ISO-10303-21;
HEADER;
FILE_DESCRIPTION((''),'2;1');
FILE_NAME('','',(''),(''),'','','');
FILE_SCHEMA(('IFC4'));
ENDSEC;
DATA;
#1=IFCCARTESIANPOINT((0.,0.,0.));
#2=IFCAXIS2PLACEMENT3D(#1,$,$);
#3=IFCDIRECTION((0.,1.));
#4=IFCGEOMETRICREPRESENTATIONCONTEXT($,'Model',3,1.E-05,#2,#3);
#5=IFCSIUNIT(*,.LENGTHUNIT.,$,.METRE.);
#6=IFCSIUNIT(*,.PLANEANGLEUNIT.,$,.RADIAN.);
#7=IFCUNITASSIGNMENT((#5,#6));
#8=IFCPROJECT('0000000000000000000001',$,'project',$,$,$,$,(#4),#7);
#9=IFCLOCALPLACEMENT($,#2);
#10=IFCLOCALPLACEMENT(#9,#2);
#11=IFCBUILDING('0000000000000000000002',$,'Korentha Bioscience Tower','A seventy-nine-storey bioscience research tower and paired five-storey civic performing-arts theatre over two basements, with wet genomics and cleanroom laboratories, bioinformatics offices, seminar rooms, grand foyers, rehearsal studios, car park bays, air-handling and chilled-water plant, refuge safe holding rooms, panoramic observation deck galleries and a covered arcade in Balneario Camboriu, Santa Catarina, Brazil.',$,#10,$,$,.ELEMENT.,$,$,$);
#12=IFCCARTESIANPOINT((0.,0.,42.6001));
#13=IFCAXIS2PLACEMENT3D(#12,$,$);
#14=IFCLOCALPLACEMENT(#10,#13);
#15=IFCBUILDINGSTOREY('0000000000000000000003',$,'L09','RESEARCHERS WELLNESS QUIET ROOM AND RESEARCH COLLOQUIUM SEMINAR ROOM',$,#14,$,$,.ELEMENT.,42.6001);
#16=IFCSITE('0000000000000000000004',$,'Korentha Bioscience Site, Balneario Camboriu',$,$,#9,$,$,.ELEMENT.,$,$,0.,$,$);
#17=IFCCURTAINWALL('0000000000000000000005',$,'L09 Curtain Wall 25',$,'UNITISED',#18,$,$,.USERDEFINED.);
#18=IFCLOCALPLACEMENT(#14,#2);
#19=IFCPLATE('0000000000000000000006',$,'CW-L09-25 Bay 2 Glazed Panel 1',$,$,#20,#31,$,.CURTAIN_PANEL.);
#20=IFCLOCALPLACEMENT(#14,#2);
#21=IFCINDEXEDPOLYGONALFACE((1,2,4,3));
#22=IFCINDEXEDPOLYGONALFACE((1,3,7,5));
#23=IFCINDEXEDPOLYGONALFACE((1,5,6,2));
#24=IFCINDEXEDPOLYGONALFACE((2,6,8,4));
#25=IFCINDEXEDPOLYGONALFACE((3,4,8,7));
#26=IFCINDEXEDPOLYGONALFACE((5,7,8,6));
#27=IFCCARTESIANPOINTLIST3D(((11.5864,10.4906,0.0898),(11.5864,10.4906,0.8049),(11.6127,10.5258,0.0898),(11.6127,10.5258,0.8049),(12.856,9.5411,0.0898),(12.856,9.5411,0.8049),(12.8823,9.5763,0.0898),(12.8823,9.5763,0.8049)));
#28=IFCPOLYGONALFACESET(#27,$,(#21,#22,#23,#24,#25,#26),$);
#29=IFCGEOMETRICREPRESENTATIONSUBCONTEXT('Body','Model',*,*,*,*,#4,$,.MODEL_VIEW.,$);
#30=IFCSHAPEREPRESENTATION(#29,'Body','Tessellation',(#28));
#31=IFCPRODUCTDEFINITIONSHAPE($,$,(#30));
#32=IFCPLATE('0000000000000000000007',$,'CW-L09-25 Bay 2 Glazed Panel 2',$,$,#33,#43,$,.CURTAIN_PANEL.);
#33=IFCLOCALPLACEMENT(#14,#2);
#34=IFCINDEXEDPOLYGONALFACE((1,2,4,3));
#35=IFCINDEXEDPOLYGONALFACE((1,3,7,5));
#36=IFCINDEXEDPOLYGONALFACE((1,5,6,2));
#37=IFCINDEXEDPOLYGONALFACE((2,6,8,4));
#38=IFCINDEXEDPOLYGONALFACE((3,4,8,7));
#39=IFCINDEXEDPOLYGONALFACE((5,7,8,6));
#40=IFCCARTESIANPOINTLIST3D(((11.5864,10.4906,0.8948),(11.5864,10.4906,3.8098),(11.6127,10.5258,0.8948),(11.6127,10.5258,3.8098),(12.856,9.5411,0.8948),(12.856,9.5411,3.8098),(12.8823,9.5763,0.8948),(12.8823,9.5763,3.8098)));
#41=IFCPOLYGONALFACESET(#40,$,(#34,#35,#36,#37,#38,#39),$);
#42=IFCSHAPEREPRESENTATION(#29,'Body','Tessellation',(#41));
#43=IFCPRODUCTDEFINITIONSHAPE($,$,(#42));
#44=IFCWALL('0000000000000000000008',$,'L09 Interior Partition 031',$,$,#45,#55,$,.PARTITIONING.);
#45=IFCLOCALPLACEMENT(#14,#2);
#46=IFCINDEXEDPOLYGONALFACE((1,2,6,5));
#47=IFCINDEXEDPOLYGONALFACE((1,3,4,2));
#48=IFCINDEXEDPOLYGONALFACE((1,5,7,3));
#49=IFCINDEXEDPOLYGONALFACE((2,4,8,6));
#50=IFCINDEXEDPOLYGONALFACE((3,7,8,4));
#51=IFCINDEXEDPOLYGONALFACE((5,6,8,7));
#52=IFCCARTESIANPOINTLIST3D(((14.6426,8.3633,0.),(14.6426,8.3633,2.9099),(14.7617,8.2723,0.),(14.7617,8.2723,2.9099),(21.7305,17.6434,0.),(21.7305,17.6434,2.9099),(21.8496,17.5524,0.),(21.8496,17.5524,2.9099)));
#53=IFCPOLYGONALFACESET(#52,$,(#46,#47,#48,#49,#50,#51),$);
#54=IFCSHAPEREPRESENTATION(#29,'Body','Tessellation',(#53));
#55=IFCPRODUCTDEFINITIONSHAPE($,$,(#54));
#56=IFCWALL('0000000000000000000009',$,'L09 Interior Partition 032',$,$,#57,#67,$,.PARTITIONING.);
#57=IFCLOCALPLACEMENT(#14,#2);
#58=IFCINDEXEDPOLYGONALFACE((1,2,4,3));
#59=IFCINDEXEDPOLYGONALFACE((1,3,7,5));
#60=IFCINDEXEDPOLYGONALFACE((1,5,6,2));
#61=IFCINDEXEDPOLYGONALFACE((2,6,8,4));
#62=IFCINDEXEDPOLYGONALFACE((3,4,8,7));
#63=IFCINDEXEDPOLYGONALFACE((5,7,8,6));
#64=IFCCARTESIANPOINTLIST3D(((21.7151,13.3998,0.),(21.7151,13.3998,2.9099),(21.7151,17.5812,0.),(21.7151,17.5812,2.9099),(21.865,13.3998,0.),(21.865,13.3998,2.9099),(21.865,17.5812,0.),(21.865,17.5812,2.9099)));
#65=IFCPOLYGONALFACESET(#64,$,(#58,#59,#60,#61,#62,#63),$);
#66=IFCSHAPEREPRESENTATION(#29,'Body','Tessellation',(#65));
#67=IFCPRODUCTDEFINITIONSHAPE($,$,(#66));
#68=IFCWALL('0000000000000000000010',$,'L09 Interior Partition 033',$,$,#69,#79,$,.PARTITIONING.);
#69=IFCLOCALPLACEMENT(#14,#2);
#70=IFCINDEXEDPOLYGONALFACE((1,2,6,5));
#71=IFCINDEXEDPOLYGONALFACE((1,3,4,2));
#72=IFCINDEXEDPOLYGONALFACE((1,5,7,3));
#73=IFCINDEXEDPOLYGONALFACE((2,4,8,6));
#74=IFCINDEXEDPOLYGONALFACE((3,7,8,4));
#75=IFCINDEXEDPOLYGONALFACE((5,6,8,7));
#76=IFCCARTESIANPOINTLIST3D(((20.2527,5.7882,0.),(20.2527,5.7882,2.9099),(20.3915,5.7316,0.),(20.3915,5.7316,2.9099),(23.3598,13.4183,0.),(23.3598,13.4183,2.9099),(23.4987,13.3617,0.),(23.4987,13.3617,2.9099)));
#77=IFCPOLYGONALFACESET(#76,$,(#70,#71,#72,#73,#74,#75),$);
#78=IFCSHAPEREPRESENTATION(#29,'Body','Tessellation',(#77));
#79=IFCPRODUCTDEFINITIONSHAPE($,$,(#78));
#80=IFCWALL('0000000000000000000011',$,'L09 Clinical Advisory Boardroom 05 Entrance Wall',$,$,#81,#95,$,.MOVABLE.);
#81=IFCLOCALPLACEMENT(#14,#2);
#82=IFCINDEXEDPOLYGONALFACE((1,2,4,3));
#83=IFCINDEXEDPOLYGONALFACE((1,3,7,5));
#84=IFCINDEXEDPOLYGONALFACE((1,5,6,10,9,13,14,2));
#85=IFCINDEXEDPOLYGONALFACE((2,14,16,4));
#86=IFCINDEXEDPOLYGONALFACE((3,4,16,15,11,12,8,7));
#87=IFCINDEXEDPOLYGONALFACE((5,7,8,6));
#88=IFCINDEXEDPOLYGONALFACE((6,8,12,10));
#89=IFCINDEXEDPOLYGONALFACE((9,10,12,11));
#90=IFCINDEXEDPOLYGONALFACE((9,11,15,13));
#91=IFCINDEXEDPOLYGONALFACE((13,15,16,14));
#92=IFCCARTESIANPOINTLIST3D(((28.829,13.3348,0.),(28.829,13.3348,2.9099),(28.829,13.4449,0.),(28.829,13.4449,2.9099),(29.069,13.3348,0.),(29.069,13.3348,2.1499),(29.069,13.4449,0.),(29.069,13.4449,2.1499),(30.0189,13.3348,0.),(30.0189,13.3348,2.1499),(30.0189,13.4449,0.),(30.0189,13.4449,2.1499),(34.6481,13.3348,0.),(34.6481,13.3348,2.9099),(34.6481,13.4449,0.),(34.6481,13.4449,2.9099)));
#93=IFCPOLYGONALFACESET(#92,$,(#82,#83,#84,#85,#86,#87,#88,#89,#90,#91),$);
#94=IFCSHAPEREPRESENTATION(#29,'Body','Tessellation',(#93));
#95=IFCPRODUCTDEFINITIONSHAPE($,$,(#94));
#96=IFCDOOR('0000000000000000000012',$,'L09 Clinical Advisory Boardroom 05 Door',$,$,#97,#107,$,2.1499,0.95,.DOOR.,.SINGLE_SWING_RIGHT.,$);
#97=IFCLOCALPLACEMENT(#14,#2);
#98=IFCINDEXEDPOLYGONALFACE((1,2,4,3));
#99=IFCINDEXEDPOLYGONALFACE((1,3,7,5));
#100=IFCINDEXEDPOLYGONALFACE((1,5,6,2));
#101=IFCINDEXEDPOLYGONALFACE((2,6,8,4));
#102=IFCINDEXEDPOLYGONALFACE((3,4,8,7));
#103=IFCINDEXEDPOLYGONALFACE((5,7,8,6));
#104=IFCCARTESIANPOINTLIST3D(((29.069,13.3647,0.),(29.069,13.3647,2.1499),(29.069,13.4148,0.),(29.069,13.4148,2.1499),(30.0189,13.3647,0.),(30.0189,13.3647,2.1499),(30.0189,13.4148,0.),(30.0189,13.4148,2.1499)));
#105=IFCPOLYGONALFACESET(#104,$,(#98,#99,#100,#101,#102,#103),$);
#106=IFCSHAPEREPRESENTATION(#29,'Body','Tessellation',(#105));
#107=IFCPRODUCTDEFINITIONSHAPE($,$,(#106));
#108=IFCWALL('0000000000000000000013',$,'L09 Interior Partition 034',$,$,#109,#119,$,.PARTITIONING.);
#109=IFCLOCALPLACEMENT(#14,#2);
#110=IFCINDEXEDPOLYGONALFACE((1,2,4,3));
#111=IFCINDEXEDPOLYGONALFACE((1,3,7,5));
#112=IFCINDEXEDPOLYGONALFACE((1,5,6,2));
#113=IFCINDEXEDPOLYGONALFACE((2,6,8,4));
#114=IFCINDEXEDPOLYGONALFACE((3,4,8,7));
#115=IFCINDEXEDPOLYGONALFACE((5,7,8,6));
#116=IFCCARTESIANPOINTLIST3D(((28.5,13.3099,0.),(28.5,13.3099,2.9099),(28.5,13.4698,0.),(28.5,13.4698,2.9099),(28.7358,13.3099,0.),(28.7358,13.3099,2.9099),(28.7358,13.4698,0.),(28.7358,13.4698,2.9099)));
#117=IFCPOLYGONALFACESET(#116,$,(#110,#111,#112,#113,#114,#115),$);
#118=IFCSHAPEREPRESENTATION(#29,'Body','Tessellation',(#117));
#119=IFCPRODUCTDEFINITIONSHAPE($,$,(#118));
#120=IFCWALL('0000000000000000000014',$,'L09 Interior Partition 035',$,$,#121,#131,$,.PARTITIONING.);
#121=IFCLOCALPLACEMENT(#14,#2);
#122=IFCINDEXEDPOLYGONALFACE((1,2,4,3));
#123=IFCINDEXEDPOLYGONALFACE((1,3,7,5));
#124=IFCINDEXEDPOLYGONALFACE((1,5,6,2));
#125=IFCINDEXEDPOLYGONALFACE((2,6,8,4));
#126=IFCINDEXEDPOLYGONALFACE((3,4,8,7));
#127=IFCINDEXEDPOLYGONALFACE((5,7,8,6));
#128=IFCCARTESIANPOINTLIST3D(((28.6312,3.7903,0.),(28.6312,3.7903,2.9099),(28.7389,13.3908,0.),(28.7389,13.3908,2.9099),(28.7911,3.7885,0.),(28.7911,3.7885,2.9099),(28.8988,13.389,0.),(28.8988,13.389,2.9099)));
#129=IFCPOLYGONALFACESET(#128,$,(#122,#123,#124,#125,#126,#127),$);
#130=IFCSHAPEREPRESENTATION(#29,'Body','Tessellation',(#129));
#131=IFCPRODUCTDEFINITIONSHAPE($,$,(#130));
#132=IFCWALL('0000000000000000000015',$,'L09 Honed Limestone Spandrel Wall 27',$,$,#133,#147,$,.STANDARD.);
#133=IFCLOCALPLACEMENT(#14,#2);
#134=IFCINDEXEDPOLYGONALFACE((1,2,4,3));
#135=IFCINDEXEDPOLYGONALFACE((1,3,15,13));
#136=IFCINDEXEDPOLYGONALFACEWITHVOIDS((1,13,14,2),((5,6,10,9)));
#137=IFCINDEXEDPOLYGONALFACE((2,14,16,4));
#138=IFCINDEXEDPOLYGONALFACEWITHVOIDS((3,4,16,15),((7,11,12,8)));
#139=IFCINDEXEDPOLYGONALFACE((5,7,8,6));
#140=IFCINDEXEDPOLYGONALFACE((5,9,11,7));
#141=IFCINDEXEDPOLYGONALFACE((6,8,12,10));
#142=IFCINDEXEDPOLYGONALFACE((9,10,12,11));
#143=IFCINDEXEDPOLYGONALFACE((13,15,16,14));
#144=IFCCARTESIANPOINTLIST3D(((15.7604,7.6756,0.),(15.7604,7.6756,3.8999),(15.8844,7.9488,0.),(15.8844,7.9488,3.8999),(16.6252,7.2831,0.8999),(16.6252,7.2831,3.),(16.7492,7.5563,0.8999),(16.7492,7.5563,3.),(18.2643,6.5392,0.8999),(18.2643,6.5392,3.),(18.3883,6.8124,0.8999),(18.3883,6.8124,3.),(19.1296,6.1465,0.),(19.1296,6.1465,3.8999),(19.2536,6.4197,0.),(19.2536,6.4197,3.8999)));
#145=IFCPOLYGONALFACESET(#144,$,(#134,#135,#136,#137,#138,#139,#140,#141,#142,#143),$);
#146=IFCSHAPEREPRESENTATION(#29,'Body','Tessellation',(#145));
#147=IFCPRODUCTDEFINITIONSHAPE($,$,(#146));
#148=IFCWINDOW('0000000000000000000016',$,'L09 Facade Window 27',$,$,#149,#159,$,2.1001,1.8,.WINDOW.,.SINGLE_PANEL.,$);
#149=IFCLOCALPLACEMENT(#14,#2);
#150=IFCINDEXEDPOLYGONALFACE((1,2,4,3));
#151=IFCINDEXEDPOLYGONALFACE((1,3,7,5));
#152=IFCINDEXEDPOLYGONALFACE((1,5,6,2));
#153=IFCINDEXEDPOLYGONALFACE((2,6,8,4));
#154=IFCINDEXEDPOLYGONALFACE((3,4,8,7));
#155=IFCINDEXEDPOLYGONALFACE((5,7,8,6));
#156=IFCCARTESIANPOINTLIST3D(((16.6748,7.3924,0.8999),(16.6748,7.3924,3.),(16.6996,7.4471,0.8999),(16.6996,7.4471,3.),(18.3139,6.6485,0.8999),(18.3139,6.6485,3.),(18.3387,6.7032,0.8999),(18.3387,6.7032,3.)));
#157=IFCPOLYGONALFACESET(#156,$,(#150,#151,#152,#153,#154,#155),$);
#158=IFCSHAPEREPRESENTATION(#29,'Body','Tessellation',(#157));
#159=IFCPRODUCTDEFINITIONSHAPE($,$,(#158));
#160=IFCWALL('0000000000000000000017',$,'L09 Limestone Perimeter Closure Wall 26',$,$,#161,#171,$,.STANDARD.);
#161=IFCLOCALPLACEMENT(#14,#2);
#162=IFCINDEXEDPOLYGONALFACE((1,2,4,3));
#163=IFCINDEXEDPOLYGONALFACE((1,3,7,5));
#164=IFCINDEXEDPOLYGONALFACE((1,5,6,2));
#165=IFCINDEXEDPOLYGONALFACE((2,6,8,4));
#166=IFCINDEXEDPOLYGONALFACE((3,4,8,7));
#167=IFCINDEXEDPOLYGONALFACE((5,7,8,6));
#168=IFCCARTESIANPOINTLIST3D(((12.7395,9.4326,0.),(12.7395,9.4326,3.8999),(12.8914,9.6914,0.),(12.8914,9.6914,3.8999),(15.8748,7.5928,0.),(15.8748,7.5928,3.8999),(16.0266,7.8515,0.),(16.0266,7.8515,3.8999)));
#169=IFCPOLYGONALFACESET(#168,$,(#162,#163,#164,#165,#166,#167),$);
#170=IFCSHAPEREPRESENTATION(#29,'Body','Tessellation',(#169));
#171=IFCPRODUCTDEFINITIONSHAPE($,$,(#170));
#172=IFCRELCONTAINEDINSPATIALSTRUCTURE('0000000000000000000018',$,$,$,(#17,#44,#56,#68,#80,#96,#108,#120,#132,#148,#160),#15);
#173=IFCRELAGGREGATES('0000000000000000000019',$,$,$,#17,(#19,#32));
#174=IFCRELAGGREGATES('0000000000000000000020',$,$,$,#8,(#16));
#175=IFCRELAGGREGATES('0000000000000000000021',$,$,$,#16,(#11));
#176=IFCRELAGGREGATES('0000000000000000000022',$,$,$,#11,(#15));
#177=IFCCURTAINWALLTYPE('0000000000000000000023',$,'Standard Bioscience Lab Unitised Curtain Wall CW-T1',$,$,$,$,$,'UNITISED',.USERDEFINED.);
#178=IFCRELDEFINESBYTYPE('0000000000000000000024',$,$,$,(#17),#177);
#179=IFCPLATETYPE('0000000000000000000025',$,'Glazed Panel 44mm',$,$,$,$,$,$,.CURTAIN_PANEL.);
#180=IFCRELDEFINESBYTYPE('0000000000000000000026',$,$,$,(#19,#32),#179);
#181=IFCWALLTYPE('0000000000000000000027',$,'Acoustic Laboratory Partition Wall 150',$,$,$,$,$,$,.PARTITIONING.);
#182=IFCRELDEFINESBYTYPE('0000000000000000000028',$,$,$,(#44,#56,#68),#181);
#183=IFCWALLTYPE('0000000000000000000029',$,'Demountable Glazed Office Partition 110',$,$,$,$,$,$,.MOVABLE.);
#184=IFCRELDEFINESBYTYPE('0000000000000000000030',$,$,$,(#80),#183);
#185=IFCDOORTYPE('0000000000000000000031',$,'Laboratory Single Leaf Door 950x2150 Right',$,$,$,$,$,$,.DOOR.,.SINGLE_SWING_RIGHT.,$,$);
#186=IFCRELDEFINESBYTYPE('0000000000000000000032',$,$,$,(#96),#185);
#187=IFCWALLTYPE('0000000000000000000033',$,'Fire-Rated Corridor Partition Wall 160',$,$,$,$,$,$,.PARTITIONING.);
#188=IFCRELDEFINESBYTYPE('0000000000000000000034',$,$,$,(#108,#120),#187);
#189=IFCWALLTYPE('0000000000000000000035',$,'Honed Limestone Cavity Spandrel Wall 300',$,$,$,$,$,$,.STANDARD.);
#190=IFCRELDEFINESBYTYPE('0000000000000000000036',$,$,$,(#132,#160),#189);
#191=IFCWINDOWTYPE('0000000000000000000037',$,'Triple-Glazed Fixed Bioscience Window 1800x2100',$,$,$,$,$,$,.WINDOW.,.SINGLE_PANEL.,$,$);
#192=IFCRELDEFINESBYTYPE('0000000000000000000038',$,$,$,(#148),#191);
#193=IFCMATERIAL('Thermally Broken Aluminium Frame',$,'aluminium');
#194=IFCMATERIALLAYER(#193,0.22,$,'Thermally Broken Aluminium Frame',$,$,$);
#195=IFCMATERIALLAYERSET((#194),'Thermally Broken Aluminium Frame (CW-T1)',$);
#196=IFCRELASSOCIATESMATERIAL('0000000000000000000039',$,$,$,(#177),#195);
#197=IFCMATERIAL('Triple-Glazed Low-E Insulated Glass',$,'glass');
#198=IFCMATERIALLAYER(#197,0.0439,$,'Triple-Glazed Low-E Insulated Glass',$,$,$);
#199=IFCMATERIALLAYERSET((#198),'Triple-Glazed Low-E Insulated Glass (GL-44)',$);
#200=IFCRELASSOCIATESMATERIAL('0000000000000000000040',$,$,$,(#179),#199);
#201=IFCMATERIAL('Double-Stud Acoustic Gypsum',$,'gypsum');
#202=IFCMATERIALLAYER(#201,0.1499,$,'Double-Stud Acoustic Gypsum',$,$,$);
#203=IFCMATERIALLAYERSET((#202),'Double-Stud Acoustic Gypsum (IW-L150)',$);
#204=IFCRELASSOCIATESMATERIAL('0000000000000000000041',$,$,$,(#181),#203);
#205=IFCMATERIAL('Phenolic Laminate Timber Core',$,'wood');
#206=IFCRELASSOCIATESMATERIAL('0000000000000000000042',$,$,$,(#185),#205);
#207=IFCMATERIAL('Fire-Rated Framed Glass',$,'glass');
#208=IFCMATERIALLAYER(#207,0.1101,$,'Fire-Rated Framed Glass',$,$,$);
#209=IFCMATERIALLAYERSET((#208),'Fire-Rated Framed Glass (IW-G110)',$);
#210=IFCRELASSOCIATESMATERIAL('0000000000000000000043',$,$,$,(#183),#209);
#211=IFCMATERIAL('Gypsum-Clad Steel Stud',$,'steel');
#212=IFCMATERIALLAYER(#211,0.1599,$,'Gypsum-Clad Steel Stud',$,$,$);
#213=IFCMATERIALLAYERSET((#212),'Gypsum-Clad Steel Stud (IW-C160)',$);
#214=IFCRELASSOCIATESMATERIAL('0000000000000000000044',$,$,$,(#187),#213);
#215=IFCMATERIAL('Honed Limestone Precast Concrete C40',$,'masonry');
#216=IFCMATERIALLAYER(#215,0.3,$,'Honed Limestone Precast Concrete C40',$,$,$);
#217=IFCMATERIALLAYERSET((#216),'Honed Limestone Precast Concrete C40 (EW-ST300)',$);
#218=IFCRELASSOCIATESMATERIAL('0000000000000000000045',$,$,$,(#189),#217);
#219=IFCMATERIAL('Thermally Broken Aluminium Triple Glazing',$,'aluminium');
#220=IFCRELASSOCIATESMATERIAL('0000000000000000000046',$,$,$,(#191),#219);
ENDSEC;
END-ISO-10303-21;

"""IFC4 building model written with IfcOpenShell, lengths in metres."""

from ifc_helpers import new_model, si_unit, direction, frame, frame_2d, origin, origin_2d, place, context, subcontext, project, spatial, rectangle, extrude, material, layer, layer_set, type_object, element, fill, aggregate, save


model = new_model("IFC4")

# Units and contexts
model_context = context("Model", 3, precision=1e-05, world=origin(), true_north=direction((0.0, 1.0)))
body_context = subcontext(model_context, "Body", "Model", "MODEL_VIEW")
ifc_project = project(units=[si_unit("LENGTHUNIT", "METRE"), si_unit("PLANEANGLEUNIT", "RADIAN")], contexts=[model_context])

# Site, building, storey
site_placement = place(None, origin())
site = spatial("IfcSite", under=ifc_project, at=site_placement, Name="Korentha Bioscience Site, Balneario Camboriu", CompositionType="ELEMENT", RefElevation=0.0)
building_placement = place(site_placement, origin())
building = spatial("IfcBuilding", under=site, at=building_placement, Name="Korentha Bioscience Tower", Description="A seventy-nine-storey bioscience research tower and paired five-storey civic performing-arts theatre over two basements, with wet genomics and cleanroom laboratories, bioinformatics offices, seminar rooms, grand foyers, rehearsal studios, car park bays, air-handling and chilled-water plant, refuge safe holding rooms, panoramic observation deck galleries and a covered arcade in Balneario Camboriu, Santa Catarina, Brazil.", CompositionType="ELEMENT")
storey_placement = place(building_placement, frame((0.0, 0.0, 42.6001)))
storey = spatial("IfcBuildingStorey", under=building, at=storey_placement, Name="L09", Description="RESEARCHERS WELLNESS QUIET ROOM AND RESEARCH COLLOQUIUM SEMINAR ROOM", CompositionType="ELEMENT", Elevation=42.6001)

# Curtain wall
ifc_material_1 = material(Name="Thermally Broken Aluminium Frame", Category="aluminium")
ifc_layer_1 = layer(ifc_material_1, 0.22, Name="Thermally Broken Aluminium Frame")
ifc_layer_set_1 = layer_set([ifc_layer_1], Name="Thermally Broken Aluminium Frame (CW-T1)")
curtain_wall_type = type_object("IfcCurtainWallType", Name="Standard Bioscience Lab Unitised Curtain Wall CW-T1", ElementType="UNITISED", PredefinedType="USERDEFINED", material=ifc_layer_set_1)
curtain_wall_1_placement = place(storey_placement, origin())
curtain_wall_1 = element("IfcCurtainWall", 1, at=curtain_wall_1_placement, inside=storey, type_object=curtain_wall_type, Name="L09 Curtain Wall 25", ObjectType="UNITISED", PredefinedType="USERDEFINED")

# Plates
ifc_material_2 = material(Name="Triple-Glazed Low-E Insulated Glass", Category="glass")
ifc_layer_2 = layer(ifc_material_2, 0.0439, Name="Triple-Glazed Low-E Insulated Glass")
ifc_layer_set_2 = layer_set([ifc_layer_2], Name="Triple-Glazed Low-E Insulated Glass (GL-44)")
plate_type = type_object("IfcPlateType", Name="Glazed Panel 44mm", PredefinedType="CURTAIN_PANEL", material=ifc_layer_set_2)
plate_1_placement = place(storey_placement, frame((12.2344, 10.0334, 0.0898), z_axis=(0.0, 0.0, 1.0), x_axis=(0.800798, -0.598935, 0.0)))
plate_1 = element("IfcPlate", 2, at=plate_1_placement, type_object=plate_type, Name="CW-L09-25 Bay 2 Glazed Panel 1", PredefinedType="CURTAIN_PANEL", context=body_context, shape_type="SweptSolid", body=[
    extrude(rectangle(XDim=1.5854, YDim=0.0439, at=origin_2d()), origin(), (0.0, 0.0, 1.0), 0.7151),
])
plate_2_placement = place(storey_placement, frame((12.2344, 10.0334, 0.8948), z_axis=(0.0, 0.0, 1.0), x_axis=(0.800798, -0.598935, 0.0)))
plate_2 = element("IfcPlate", 3, at=plate_2_placement, type_object=plate_type, Name="CW-L09-25 Bay 2 Glazed Panel 2", PredefinedType="CURTAIN_PANEL", context=body_context, shape_type="SweptSolid", body=[
    extrude(rectangle(XDim=1.5854, YDim=0.0439, at=origin_2d()), origin(), (0.0, 0.0, 1.0), 2.915),
])
aggregate(curtain_wall_1, [plate_1, plate_2])

# Shared definitions
ifc_material_3 = material(Name="Double-Stud Acoustic Gypsum", Category="gypsum")
ifc_layer_3 = layer(ifc_material_3, 0.1499, Name="Double-Stud Acoustic Gypsum")
ifc_layer_set_3 = layer_set([ifc_layer_3], Name="Double-Stud Acoustic Gypsum (IW-L150)")
wall_type_1 = type_object("IfcWallType", Name="Acoustic Laboratory Partition Wall 150", PredefinedType="PARTITIONING", material=ifc_layer_set_3)
ifc_material_4 = material(Name="Phenolic Laminate Timber Core", Category="wood")
door_type_1 = type_object("IfcDoorType", Name="Laboratory Single Leaf Door 950x2150 Right", OperationType="SINGLE_SWING_RIGHT", PredefinedType="DOOR", material=ifc_material_4)

# Walls
wall_1_placement = place(storey_placement, frame((21.79, 17.5979, 0.0), z_axis=(0.0, 0.0, 1.0), x_axis=(-0.606985, -0.794713, 0.0)))
element("IfcWall", 4, at=wall_1_placement, inside=storey, type_object=wall_type_1, Name="L09 Interior Partition 031", PredefinedType="PARTITIONING", context=body_context, shape_type="SweptSolid", body=[
    extrude(rectangle(XDim=11.6772, YDim=0.1499, at=frame_2d((5.8386, 0.0))), origin(), (0.0, 0.0, 1.0), 2.9099),
])
wall_2_placement = place(storey_placement, frame((21.79, 17.5813, 0.0), z_axis=(0.0, 0.0, 1.0), x_axis=(0.0, -1.0, 0.0)))
element("IfcWall", 5, at=wall_2_placement, inside=storey, type_object=wall_type_1, Name="L09 Interior Partition 032", PredefinedType="PARTITIONING", context=body_context, shape_type="SweptSolid", body=[
    extrude(rectangle(XDim=4.1814, YDim=0.1499, at=frame_2d((2.0908, 0.0))), origin(), (0.0, 0.0, 1.0), 2.9099),
])
wall_3_placement = place(storey_placement, frame((23.4292, 13.3899, 0.0), z_axis=(0.0, 0.0, 1.0), x_axis=(-0.377152, -0.926151, 0.0)))
element("IfcWall", 6, at=wall_3_placement, inside=storey, type_object=wall_type_1, Name="L09 Interior Partition 033", PredefinedType="PARTITIONING", context=body_context, shape_type="SweptSolid", body=[
    extrude(rectangle(XDim=8.2385, YDim=0.1499, at=frame_2d((4.1191, 0.0))), origin(), (0.0, 0.0, 1.0), 2.9099),
])

# Wall, opening, door
ifc_material_5 = material(Name="Fire-Rated Framed Glass", Category="glass")
ifc_layer_4 = layer(ifc_material_5, 0.1101, Name="Fire-Rated Framed Glass")
ifc_layer_set_4 = layer_set([ifc_layer_4], Name="Fire-Rated Framed Glass (IW-G110)")
wall_type_2 = type_object("IfcWallType", Name="Demountable Glazed Office Partition 110", PredefinedType="MOVABLE", material=ifc_layer_set_4)
wall_4_placement = place(storey_placement, frame((28.8289, 13.3899, 0.0), z_axis=(0.0, 0.0, 1.0), x_axis=(1.0, 0.0, 0.0)))
wall_4 = element("IfcWall", 7, at=wall_4_placement, inside=storey, type_object=wall_type_2, Name="L09 Clinical Advisory Boardroom 05 Entrance Wall", PredefinedType="MOVABLE", context=body_context, shape_type="SweptSolid", body=[
    extrude(rectangle(XDim=5.8191, YDim=0.1101, at=frame_2d((2.9097, 0.0))), origin(), (0.0, 0.0, 1.0), 2.9099),
])
opening_1_placement = place(wall_4_placement, frame((0.24, 0.0, 0.0)))
opening_1 = element("IfcOpeningElement", 8, at=opening_1_placement, cuts=wall_4, PredefinedType="OPENING", context=body_context, shape_type="SweptSolid", body=[
    extrude(rectangle(XDim=0.95, YDim=2.1499, at=frame_2d((0.4751, 1.075))), frame((0.0, 0.0698, 0.0), z_axis=(0.0, -1.0, 0.0), x_axis=(1.0, 0.0, 0.0)), (0.0, 0.0, 1.0), 0.1399),
])
door_1_placement = place(opening_1_placement, origin())
door_1 = element("IfcDoor", 9, at=door_1_placement, inside=storey, type_object=door_type_1, Name="L09 Clinical Advisory Boardroom 05 Door", OperationType="SINGLE_SWING_RIGHT", OverallHeight=2.1499, OverallWidth=0.95, PredefinedType="DOOR", context=body_context, shape_type="SweptSolid", body=[
    extrude(rectangle(XDim=0.95, YDim=2.1499, at=frame_2d((0.4751, 1.075))), frame((0.0, 0.0249, 0.0), z_axis=(0.0, -1.0, 0.0), x_axis=(1.0, 0.0, 0.0)), (0.0, 0.0, 1.0), 0.05),
])
fill(opening_1, door_1)
ifc_material_6 = material(Name="Gypsum-Clad Steel Stud", Category="steel")
ifc_layer_5 = layer(ifc_material_6, 0.1599, Name="Gypsum-Clad Steel Stud")
ifc_layer_set_5 = layer_set([ifc_layer_5], Name="Gypsum-Clad Steel Stud (IW-C160)")
wall_type_3 = type_object("IfcWallType", Name="Fire-Rated Corridor Partition Wall 160", PredefinedType="PARTITIONING", material=ifc_layer_set_5)

# Walls
wall_5_placement = place(storey_placement, frame((28.5, 13.3899, 0.0), z_axis=(0.0, 0.0, 1.0), x_axis=(1.0, 0.0, 0.0)))
element("IfcWall", 10, at=wall_5_placement, inside=storey, type_object=wall_type_3, Name="L09 Interior Partition 034", PredefinedType="PARTITIONING", context=body_context, shape_type="SweptSolid", body=[
    extrude(rectangle(XDim=0.2358, YDim=0.1599, at=frame_2d((0.1179, 0.0))), origin(), (0.0, 0.0, 1.0), 2.9099),
])
wall_6_placement = place(storey_placement, frame((28.8188, 13.3899, 0.0), z_axis=(0.0, 0.0, 1.0), x_axis=(-0.011214, -0.999937, 0.0)))
element("IfcWall", 11, at=wall_6_placement, inside=storey, type_object=wall_type_3, Name="L09 Interior Partition 035", PredefinedType="PARTITIONING", context=body_context, shape_type="SweptSolid", body=[
    extrude(rectangle(XDim=9.6011, YDim=0.1599, at=frame_2d((4.8005, 0.0))), origin(), (0.0, 0.0, 1.0), 2.9099),
])

# Wall, opening, window
ifc_material_7 = material(Name="Honed Limestone Precast Concrete C40", Category="masonry")
ifc_layer_6 = layer(ifc_material_7, 0.3, Name="Honed Limestone Precast Concrete C40")
ifc_layer_set_6 = layer_set([ifc_layer_6], Name="Honed Limestone Precast Concrete C40 (EW-ST300)")
wall_type_4 = type_object("IfcWallType", Name="Honed Limestone Cavity Spandrel Wall 300", PredefinedType="STANDARD", material=ifc_layer_set_6)
wall_7_placement = place(storey_placement, frame((15.8223, 7.8123, 0.0), z_axis=(0.0, 0.0, 1.0), x_axis=(0.910608, -0.413271, 0.0)))
wall_7 = element("IfcWall", 12, at=wall_7_placement, inside=storey, type_object=wall_type_4, Name="L09 Honed Limestone Spandrel Wall 27", PredefinedType="STANDARD", context=body_context, shape_type="SweptSolid", body=[
    extrude(rectangle(XDim=3.7, YDim=0.3, at=frame_2d((1.8501, 0.0))), origin(), (0.0, 0.0, 1.0), 3.8999),
])
opening_2_placement = place(wall_7_placement, frame((0.95, 0.0, 0.8999)))
opening_2 = element("IfcOpeningElement", 13, at=opening_2_placement, cuts=wall_7, PredefinedType="OPENING", context=body_context, shape_type="SweptSolid", body=[
    extrude(rectangle(XDim=1.8, YDim=2.1001, at=frame_2d((0.8999, 1.05))), frame((0.0, 0.165, 0.0), z_axis=(0.0, -1.0, 0.0), x_axis=(1.0, 0.0, 0.0)), (0.0, 0.0, 1.0), 0.3298),
])
ifc_material_8 = material(Name="Thermally Broken Aluminium Triple Glazing", Category="aluminium")
window_type = type_object("IfcWindowType", Name="Triple-Glazed Fixed Bioscience Window 1800x2100", PartitioningType="SINGLE_PANEL", PredefinedType="WINDOW", material=ifc_material_8)
window_placement = place(opening_2_placement, origin())
window = element("IfcWindow", 14, at=window_placement, inside=storey, type_object=window_type, Name="L09 Facade Window 27", OverallHeight=2.1001, OverallWidth=1.8, PartitioningType="SINGLE_PANEL", PredefinedType="WINDOW", context=body_context, shape_type="SweptSolid", body=[
    extrude(rectangle(XDim=1.8, YDim=2.1001, at=frame_2d((0.8999, 1.05))), frame((0.0, 0.03, 0.0), z_axis=(0.0, -1.0, 0.0), x_axis=(1.0, 0.0, 0.0)), (0.0, 0.0, 1.0), 0.0601),
])
fill(opening_2, window)

# Wall
wall_8_placement = place(storey_placement, frame((12.8154, 9.562, 0.0), z_axis=(0.0, 0.0, 1.0), x_axis=(0.862465, -0.506116, 0.0)))
element("IfcWall", 15, at=wall_8_placement, inside=storey, type_object=wall_type_4, Name="L09 Limestone Perimeter Closure Wall 26", PredefinedType="STANDARD", context=body_context, shape_type="SweptSolid", body=[
    extrude(rectangle(XDim=3.6353, YDim=0.3, at=frame_2d((1.8176, 0.0))), origin(), (0.0, 0.0, 1.0), 3.8999),
])

save(model, "model.ifc")
